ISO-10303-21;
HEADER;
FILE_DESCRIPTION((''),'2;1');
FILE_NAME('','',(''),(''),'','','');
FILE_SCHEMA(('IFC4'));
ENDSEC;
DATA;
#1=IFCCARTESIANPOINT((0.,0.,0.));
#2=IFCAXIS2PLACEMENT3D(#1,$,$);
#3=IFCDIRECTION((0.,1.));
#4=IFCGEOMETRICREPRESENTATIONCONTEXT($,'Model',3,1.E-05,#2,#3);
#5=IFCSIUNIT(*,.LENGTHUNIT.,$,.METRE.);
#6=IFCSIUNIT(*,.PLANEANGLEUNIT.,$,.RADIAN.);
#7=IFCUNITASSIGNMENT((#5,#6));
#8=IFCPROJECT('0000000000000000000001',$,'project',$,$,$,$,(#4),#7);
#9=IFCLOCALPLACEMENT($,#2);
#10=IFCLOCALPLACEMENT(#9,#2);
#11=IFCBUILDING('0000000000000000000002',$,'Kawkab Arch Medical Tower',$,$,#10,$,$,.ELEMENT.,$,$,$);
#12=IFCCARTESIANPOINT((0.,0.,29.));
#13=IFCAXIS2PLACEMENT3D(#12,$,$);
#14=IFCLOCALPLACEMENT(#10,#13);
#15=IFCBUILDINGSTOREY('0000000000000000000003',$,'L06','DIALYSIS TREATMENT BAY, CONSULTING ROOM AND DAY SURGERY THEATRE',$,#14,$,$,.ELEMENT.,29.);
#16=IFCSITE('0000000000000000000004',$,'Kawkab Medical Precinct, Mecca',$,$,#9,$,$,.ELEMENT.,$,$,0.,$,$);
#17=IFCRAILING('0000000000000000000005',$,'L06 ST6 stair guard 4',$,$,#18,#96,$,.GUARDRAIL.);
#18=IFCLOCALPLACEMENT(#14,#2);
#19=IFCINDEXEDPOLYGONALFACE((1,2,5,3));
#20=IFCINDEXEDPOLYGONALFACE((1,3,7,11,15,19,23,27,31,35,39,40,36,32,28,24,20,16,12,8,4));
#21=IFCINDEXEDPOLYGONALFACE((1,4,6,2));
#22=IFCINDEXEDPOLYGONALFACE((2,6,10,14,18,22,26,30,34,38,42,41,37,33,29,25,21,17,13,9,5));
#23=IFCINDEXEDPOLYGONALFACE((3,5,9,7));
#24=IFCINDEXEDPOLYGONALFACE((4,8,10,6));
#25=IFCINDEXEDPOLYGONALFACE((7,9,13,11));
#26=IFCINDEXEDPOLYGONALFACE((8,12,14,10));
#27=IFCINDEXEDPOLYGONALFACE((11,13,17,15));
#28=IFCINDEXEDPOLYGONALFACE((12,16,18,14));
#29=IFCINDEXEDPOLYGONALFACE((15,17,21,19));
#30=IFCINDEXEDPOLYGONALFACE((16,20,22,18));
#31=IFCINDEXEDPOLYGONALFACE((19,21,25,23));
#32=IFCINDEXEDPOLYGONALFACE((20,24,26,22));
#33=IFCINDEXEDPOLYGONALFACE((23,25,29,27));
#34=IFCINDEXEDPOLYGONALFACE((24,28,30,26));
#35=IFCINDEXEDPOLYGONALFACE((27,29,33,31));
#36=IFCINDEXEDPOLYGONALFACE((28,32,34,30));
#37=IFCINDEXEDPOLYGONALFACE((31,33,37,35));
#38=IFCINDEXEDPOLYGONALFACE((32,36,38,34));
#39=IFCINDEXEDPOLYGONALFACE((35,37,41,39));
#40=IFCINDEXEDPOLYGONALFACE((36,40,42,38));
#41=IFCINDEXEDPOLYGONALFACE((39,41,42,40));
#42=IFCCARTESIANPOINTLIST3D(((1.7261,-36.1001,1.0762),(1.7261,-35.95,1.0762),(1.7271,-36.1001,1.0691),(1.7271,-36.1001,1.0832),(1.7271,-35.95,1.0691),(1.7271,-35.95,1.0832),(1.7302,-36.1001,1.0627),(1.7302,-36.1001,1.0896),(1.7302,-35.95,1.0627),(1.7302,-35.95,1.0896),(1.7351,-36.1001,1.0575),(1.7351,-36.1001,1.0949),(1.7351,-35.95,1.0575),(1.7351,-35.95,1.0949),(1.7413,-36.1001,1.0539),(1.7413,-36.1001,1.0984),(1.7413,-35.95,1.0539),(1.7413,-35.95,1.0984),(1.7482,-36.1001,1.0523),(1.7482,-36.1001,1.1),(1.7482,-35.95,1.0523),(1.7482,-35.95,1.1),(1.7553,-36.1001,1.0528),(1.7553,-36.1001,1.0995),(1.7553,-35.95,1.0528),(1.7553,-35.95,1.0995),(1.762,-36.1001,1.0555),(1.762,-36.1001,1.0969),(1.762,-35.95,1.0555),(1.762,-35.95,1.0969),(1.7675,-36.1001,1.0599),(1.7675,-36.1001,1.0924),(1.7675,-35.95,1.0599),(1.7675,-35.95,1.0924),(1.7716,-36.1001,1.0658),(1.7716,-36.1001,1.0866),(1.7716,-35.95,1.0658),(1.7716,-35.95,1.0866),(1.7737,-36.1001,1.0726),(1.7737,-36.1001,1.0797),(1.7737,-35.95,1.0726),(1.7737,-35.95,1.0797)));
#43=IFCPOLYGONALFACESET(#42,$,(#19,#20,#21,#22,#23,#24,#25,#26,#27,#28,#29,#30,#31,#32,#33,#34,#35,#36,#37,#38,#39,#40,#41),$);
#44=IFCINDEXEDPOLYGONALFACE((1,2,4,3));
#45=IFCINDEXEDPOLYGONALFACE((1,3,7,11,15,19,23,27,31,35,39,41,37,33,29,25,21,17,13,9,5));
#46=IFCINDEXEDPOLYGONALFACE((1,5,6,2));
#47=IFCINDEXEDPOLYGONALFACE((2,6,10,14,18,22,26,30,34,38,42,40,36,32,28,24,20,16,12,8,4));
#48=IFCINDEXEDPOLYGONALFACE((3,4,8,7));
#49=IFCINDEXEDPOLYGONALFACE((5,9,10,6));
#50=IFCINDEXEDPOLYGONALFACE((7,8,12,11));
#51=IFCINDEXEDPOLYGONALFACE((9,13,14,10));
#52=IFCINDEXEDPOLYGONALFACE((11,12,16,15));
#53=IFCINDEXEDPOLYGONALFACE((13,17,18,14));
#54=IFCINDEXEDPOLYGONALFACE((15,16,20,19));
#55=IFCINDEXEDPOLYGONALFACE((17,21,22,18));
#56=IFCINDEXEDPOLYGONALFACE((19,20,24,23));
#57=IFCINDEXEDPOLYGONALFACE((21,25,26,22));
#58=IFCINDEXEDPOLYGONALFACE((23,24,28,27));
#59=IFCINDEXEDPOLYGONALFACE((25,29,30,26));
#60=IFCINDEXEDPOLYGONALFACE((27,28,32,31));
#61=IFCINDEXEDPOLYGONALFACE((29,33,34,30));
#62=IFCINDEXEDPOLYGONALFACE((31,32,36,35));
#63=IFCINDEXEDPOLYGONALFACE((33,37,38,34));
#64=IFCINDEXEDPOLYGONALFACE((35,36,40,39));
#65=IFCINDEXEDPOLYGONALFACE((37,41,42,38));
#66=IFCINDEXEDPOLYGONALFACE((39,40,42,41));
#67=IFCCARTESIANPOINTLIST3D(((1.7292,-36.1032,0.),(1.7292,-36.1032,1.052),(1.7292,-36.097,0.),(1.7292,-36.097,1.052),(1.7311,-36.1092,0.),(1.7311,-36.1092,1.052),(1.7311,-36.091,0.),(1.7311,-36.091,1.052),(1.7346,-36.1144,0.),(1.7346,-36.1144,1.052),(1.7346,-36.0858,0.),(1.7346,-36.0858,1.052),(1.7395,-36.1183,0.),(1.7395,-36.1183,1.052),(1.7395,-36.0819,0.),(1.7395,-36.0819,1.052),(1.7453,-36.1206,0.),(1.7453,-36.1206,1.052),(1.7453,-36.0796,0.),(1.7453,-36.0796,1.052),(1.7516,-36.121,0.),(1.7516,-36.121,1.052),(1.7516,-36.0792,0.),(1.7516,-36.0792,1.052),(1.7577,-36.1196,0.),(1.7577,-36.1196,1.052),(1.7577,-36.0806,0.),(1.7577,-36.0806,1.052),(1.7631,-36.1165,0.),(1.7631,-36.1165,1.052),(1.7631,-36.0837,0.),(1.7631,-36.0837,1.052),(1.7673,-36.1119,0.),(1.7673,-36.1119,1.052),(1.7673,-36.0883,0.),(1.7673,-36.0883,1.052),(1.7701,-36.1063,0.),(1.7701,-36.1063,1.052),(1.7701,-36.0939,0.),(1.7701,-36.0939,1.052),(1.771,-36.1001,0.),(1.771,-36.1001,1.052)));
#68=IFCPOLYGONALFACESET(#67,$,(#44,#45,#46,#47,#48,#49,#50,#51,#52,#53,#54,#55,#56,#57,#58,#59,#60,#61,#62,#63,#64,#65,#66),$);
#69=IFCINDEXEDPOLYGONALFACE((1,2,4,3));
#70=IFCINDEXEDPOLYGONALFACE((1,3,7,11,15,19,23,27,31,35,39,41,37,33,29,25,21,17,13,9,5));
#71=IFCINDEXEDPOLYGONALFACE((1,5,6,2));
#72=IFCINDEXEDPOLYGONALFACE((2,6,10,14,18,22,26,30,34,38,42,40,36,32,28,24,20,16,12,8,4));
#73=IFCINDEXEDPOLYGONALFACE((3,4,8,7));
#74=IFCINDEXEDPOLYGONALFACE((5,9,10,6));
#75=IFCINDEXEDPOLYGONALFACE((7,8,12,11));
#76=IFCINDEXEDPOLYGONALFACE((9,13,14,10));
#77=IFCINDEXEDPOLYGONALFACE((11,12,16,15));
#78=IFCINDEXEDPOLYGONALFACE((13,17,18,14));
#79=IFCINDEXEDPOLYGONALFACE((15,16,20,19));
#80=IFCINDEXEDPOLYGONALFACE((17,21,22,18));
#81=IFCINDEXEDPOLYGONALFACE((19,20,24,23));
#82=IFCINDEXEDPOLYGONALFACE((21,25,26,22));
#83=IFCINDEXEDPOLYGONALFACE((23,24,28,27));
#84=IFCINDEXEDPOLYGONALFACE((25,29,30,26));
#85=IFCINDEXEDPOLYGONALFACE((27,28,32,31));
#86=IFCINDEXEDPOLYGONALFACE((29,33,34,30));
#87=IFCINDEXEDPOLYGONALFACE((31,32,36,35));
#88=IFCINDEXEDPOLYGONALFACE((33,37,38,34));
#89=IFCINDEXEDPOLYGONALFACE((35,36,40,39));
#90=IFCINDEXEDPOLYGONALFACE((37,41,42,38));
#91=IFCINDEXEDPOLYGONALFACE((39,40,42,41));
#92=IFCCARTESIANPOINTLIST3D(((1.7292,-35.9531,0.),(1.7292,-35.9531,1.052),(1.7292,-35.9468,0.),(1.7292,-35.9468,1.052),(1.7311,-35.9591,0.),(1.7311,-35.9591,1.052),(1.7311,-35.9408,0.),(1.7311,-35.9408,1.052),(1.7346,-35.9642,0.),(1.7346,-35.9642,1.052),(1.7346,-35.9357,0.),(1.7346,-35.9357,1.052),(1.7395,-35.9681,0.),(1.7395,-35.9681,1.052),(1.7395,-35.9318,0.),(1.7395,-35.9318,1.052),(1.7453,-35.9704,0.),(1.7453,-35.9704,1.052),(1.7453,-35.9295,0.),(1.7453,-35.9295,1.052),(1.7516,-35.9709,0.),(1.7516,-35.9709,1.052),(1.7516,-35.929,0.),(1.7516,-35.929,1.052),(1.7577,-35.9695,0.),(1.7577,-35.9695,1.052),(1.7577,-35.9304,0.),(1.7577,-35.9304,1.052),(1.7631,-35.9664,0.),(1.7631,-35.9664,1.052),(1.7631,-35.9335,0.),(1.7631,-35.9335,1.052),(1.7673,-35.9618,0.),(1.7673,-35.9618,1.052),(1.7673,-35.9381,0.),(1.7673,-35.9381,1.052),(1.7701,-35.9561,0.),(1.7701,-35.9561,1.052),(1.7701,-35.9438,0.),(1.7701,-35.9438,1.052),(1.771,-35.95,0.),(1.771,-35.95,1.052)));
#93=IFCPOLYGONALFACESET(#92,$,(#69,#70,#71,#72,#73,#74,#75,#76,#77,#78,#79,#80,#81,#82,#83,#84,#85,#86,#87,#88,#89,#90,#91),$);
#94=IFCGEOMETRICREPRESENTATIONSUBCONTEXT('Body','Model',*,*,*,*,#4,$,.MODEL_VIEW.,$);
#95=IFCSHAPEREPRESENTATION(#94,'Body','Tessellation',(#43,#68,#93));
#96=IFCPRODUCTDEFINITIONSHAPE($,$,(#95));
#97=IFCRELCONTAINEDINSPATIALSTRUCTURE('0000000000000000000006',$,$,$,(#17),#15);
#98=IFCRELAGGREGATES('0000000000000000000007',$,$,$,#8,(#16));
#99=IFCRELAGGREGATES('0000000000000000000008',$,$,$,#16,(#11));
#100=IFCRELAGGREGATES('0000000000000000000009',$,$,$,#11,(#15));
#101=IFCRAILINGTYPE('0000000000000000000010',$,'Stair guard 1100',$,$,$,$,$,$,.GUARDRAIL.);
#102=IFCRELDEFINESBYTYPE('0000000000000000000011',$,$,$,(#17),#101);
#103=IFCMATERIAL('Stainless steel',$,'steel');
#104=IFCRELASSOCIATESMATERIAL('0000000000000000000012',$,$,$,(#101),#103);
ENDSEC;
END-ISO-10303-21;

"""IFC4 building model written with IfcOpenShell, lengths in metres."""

from ifc_helpers import new_model, si_unit, direction, frame, origin, origin_2d, place, context, subcontext, project, spatial, circle, extrude, material, type_object, element, save


model = new_model("IFC4")

# Units and contexts
model_context = context("Model", 3, precision=1e-05, world=origin(), true_north=direction((0.0, 1.0)))
body_context = subcontext(model_context, "Body", "Model", "MODEL_VIEW")
ifc_project = project(units=[si_unit("LENGTHUNIT", "METRE"), si_unit("PLANEANGLEUNIT", "RADIAN")], contexts=[model_context])

# Site, building, storey
site_placement = place(None, origin())
site = spatial("IfcSite", under=ifc_project, at=site_placement, Name="Kawkab Medical Precinct, Mecca", CompositionType="ELEMENT", RefElevation=0.0)
building_placement = place(site_placement, origin())
building = spatial("IfcBuilding", under=site, at=building_placement, Name="Kawkab Arch Medical Tower", CompositionType="ELEMENT")
storey_placement = place(building_placement, frame((0.0, 0.0, 29.0)))
storey = spatial("IfcBuildingStorey", under=building, at=storey_placement, Name="L06", Description="DIALYSIS TREATMENT BAY, CONSULTING ROOM AND DAY SURGERY THEATRE", CompositionType="ELEMENT", Elevation=29.0)

# Railing
ifc_material_1 = material(Name="Stainless steel", Category="steel")
railing_type = type_object("IfcRailingType", Name="Stair guard 1100", PredefinedType="GUARDRAIL", material=ifc_material_1)
railing_1_placement = place(storey_placement, frame((1.75, -36.1001, 0.0)))
element("IfcRailing", 1, at=railing_1_placement, inside=storey, type_object=railing_type, Name="L06 ST6 stair guard 4", PredefinedType="GUARDRAIL", context=body_context, shape_type="SweptSolid", body=[
    extrude(circle(Radius=0.0239, at=origin_2d()), frame((0.0, 0.0, 1.0762), z_axis=(0.0, 1.0, 0.0), x_axis=(-1.0, 0.0, 0.0)), (0.0, 0.0, 1.0), 0.1501),
    extrude(circle(Radius=0.021, at=origin_2d()), origin(), (0.0, 0.0, 1.0), 1.052),
    extrude(circle(Radius=0.021, at=origin_2d()), frame((0.0, 0.1501, 0.0)), (0.0, 0.0, 1.0), 1.052),
])

save(model, "model.ifc")
